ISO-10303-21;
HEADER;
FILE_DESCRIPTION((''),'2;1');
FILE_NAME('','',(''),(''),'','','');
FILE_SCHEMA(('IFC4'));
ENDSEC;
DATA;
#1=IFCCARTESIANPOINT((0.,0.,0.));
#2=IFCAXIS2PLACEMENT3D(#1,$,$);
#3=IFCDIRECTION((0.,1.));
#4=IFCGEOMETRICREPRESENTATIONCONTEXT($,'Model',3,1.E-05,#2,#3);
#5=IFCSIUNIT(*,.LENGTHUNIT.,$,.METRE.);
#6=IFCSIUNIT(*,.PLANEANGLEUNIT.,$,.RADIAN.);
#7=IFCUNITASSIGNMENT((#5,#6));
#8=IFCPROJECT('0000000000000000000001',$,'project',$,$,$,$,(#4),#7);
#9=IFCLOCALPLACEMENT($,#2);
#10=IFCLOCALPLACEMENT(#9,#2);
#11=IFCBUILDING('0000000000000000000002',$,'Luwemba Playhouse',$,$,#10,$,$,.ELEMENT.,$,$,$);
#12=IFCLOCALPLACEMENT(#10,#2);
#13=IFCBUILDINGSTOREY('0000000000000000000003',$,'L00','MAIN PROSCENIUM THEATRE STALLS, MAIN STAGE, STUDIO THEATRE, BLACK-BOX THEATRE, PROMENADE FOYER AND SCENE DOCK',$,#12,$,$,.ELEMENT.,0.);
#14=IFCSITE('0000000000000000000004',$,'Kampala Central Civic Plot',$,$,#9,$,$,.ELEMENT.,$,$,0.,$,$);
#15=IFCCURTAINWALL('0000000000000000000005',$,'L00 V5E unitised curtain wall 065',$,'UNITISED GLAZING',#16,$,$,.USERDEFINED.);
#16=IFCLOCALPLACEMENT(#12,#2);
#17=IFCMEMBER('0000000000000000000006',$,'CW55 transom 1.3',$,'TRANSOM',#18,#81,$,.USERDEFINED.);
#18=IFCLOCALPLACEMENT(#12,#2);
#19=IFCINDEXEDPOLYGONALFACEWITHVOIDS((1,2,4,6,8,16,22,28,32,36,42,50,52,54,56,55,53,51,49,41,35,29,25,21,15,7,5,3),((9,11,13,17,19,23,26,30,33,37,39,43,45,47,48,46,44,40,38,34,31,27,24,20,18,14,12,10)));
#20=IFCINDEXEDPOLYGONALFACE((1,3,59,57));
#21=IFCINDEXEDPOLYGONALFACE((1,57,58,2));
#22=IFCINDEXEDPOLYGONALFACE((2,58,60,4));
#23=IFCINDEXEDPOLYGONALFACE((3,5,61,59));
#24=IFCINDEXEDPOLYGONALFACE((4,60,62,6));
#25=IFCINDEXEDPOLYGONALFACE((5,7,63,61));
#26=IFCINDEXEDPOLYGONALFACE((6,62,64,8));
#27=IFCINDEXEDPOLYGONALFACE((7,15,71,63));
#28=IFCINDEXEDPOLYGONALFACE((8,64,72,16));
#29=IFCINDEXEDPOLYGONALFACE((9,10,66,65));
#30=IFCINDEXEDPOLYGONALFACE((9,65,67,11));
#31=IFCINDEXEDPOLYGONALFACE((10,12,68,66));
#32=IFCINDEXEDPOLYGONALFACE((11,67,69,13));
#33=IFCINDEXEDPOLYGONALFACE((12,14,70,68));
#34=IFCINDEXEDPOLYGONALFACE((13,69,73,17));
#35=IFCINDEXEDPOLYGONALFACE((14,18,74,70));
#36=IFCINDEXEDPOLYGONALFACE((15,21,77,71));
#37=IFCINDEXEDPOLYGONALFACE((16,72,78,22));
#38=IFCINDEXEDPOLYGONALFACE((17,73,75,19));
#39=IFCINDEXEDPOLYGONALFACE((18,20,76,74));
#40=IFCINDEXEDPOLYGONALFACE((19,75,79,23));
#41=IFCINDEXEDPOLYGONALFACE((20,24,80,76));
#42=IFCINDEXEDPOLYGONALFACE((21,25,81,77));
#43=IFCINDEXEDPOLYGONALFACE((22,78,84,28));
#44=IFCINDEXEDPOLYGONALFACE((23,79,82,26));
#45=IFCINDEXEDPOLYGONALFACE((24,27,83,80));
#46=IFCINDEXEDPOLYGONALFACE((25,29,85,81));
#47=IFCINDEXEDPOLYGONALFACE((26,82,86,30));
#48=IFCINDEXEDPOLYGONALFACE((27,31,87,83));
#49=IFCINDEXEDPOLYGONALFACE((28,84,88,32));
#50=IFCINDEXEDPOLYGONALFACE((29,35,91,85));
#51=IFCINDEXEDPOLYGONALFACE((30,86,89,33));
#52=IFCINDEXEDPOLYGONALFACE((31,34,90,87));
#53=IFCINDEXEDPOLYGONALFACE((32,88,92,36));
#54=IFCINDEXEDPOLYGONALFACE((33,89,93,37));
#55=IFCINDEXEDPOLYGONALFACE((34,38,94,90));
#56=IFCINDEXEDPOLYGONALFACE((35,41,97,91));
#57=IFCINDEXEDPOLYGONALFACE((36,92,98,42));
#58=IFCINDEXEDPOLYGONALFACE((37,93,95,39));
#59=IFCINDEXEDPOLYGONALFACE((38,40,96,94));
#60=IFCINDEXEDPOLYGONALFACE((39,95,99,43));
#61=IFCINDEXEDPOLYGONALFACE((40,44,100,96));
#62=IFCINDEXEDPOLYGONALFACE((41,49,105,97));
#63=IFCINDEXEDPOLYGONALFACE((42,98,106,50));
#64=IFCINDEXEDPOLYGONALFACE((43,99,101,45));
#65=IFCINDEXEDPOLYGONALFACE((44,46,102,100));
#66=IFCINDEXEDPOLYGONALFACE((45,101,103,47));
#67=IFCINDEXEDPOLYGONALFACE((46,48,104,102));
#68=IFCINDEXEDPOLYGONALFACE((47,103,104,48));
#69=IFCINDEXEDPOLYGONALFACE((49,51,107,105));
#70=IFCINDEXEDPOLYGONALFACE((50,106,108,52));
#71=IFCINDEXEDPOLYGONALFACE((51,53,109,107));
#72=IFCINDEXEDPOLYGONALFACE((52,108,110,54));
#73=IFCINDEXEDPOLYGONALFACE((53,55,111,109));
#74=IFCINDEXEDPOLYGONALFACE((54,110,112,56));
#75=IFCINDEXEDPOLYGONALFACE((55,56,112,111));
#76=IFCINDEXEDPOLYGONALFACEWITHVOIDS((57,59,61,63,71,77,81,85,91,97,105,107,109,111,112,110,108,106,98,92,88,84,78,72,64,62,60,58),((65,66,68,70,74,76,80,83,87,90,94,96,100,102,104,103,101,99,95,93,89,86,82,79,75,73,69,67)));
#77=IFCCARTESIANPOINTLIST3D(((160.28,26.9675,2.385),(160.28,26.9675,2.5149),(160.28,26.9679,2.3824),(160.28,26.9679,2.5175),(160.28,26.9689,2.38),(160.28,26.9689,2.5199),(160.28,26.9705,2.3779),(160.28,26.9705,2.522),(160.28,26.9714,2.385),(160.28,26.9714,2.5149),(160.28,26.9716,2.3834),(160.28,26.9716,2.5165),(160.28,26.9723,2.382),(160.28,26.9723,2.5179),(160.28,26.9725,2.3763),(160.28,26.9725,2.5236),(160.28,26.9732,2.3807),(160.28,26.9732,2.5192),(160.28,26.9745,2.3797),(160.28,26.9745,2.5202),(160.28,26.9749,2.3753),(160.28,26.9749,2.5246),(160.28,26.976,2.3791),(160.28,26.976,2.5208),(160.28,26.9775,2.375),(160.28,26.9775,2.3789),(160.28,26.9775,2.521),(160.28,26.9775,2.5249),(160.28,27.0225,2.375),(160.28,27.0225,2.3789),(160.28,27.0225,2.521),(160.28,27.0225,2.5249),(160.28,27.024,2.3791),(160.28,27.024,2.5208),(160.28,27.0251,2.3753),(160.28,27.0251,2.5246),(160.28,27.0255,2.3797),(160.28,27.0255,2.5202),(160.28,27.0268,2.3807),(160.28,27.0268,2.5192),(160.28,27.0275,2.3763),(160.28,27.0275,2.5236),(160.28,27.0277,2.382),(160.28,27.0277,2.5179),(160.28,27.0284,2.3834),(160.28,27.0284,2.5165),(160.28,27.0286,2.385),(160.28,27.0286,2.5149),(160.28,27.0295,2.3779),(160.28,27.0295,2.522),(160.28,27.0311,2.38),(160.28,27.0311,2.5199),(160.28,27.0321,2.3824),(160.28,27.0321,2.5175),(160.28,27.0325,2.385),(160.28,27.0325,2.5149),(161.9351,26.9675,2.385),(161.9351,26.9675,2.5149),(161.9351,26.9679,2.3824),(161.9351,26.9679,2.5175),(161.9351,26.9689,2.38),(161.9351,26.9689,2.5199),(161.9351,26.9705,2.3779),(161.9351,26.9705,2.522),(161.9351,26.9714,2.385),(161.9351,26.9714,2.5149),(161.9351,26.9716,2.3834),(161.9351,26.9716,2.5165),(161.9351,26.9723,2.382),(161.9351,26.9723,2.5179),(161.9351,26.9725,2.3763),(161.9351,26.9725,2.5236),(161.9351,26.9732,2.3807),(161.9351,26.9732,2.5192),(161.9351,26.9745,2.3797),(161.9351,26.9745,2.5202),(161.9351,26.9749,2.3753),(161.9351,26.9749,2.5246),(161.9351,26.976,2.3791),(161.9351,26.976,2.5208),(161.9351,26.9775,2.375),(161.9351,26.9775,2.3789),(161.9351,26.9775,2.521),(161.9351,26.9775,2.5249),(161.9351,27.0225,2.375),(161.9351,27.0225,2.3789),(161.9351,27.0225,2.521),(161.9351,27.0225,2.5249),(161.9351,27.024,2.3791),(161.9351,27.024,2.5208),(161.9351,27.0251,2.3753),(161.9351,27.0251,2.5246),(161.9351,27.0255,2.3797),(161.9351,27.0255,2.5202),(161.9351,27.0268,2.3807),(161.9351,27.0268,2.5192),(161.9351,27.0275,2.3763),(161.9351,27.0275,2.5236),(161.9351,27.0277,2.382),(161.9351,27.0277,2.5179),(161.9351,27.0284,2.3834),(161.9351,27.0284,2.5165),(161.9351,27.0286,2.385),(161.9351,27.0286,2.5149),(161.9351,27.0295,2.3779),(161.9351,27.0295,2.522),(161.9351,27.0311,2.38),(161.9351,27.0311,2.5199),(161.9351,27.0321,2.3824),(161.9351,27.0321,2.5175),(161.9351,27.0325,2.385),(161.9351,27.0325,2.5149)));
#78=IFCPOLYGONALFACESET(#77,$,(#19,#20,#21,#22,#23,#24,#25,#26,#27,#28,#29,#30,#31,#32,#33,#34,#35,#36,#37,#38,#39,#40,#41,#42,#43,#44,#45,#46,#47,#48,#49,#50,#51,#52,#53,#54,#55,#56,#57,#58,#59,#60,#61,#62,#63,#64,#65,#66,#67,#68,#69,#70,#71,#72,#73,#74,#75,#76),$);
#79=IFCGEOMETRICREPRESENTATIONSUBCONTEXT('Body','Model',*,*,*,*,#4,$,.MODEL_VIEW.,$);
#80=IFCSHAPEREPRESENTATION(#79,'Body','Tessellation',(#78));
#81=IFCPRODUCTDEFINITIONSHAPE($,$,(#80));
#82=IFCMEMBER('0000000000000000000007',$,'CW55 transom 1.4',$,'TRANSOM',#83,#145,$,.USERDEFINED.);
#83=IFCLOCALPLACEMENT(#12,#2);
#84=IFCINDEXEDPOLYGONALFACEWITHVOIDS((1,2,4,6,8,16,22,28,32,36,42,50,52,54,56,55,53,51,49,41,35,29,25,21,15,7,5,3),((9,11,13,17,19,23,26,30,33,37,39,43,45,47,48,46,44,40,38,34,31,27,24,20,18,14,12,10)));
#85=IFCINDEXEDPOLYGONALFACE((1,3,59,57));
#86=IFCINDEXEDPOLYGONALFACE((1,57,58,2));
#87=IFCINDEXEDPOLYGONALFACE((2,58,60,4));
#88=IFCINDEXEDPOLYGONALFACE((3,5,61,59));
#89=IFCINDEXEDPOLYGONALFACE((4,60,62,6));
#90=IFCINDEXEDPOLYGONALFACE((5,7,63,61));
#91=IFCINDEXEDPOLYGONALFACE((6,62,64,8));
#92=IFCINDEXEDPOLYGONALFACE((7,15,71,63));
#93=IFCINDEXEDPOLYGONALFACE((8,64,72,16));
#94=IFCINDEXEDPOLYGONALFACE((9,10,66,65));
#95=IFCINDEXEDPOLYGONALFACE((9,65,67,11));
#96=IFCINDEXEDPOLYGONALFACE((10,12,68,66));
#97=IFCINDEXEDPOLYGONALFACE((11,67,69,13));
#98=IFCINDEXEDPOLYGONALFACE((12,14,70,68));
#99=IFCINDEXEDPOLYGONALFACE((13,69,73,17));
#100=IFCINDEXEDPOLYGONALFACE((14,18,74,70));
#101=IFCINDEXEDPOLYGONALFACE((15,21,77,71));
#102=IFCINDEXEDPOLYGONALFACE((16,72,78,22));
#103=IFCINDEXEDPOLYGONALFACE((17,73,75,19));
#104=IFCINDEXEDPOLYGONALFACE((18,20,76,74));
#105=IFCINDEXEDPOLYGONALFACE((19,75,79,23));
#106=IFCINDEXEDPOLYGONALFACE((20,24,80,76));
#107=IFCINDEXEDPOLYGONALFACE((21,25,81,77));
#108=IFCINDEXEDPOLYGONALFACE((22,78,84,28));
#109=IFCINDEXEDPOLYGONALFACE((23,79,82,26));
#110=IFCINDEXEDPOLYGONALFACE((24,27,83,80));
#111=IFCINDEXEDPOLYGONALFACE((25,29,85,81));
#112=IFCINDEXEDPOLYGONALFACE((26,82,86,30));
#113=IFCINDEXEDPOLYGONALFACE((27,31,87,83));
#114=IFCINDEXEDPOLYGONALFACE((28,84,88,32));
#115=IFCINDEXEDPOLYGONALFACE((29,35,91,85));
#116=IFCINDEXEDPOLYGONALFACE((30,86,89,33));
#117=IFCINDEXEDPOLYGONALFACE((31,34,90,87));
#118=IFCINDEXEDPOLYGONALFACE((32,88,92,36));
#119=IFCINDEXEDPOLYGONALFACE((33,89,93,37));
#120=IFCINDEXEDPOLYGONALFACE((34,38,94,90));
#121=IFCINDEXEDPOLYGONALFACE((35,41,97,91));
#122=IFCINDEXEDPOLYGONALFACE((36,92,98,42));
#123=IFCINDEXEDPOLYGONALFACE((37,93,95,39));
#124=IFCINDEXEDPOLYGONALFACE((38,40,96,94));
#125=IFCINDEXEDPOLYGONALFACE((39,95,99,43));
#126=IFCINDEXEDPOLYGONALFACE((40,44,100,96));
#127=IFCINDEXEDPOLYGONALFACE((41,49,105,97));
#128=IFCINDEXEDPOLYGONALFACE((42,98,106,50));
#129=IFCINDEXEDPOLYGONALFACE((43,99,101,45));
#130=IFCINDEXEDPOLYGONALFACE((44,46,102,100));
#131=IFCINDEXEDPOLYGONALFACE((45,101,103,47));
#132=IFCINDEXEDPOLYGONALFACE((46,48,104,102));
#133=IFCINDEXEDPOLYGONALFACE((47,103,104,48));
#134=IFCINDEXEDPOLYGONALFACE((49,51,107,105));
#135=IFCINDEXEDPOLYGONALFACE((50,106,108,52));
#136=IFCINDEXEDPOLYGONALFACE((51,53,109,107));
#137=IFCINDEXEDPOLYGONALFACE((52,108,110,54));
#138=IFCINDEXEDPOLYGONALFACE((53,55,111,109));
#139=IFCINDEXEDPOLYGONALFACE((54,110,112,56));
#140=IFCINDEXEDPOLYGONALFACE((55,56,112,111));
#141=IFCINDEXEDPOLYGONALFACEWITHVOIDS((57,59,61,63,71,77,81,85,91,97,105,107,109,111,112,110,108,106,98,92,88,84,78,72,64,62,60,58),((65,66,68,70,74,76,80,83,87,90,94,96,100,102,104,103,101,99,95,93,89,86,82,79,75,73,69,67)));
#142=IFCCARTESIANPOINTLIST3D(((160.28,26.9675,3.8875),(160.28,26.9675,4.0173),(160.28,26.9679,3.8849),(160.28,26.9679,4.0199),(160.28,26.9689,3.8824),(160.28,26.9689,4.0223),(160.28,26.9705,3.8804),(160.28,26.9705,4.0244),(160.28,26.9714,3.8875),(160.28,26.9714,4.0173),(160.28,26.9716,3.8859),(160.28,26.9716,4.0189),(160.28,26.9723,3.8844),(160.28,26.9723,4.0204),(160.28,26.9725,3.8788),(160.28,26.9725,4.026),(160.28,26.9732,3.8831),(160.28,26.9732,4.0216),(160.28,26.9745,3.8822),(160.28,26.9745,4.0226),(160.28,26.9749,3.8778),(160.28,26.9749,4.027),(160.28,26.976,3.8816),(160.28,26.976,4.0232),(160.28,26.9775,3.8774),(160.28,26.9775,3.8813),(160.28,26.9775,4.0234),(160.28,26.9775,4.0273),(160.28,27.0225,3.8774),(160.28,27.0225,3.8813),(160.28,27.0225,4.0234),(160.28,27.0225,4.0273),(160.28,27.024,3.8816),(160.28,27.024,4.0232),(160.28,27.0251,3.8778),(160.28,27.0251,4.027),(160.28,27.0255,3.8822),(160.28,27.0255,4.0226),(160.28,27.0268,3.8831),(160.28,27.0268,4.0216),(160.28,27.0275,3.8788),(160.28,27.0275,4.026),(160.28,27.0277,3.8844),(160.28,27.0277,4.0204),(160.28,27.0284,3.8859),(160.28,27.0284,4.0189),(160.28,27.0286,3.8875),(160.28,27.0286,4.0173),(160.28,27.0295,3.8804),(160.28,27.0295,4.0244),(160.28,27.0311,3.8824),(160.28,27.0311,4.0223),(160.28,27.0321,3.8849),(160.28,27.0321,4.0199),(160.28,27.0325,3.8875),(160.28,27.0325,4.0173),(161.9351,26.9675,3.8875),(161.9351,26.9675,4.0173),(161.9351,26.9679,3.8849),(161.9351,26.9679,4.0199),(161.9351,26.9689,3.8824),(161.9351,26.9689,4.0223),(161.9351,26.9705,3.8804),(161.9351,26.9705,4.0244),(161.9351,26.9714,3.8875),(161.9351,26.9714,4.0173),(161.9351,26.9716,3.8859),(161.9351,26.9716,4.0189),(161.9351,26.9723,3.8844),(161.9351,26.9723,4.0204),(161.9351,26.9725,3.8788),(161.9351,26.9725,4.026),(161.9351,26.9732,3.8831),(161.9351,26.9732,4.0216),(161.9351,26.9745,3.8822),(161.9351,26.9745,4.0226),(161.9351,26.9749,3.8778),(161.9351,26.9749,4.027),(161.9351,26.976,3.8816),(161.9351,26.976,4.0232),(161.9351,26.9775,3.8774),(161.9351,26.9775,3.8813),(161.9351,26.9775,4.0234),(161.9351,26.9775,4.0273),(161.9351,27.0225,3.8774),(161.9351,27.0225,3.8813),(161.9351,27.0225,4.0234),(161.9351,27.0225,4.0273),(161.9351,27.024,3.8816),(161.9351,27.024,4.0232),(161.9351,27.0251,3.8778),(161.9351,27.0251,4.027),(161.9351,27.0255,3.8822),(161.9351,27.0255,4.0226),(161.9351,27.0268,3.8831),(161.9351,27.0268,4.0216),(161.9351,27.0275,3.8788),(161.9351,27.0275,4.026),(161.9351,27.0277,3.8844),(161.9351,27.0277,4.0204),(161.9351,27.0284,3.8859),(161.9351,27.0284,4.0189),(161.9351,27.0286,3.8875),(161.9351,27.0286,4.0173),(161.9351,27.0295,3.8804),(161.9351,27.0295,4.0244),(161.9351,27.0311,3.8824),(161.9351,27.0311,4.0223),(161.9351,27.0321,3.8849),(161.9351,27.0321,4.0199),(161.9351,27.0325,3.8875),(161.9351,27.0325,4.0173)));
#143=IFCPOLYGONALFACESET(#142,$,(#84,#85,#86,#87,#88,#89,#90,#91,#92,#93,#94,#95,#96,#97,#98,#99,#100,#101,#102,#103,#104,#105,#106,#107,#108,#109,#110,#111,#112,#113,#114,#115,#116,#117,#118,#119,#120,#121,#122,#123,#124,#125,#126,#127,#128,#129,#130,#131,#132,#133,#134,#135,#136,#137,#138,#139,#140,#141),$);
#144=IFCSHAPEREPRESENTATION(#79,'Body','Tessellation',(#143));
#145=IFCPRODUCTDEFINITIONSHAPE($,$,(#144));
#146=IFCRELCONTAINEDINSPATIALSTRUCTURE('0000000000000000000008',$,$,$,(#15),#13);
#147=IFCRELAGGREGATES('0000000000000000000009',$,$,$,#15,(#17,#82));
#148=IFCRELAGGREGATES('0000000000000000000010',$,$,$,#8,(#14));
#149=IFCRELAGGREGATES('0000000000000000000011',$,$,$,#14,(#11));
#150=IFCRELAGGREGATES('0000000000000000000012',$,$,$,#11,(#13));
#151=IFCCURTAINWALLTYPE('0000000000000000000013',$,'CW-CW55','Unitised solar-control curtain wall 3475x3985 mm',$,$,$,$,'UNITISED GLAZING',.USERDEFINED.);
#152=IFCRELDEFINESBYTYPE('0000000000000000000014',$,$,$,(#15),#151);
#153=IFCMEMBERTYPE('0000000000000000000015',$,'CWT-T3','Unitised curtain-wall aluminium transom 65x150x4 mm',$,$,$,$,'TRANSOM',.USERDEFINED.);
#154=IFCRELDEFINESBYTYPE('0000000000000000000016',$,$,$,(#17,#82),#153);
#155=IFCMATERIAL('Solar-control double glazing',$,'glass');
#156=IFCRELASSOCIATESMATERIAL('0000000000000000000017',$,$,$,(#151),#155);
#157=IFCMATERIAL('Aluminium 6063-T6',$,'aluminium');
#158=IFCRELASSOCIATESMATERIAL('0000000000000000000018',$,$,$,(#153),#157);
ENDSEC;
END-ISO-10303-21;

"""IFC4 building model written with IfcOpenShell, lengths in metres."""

from ifc_helpers import new_model, si_unit, direction, frame, origin, origin_2d, place, context, subcontext, project, spatial, hollow_rectangle, extrude, material, material_profile, profile_set, type_object, element, aggregate, save


model = new_model("IFC4")

# Units and contexts
model_context = context("Model", 3, precision=1e-05, world=origin(), true_north=direction((0.0, 1.0)))
body_context = subcontext(model_context, "Body", "Model", "MODEL_VIEW")
ifc_project = project(units=[si_unit("LENGTHUNIT", "METRE"), si_unit("PLANEANGLEUNIT", "RADIAN")], contexts=[model_context])

# Site, building, storey
site_placement = place(None, origin())
site = spatial("IfcSite", under=ifc_project, at=site_placement, Name="Kampala Central Civic Plot", CompositionType="ELEMENT", RefElevation=0.0)
building_placement = place(site_placement, origin())
building = spatial("IfcBuilding", under=site, at=building_placement, Name="Luwemba Playhouse", CompositionType="ELEMENT")
storey_placement = place(building_placement, origin())
storey = spatial("IfcBuildingStorey", under=building, at=storey_placement, Name="L00", Description="MAIN PROSCENIUM THEATRE STALLS, MAIN STAGE, STUDIO THEATRE, BLACK-BOX THEATRE, PROMENADE FOYER AND SCENE DOCK", CompositionType="ELEMENT", Elevation=0.0)

# Shared definitions
ifc_material_1 = material(Name="Solar-control double glazing", Category="glass")
ifc_material_2 = material(Name="Aluminium 6063-T6", Category="aluminium")

# Curtain wall
curtain_wall_type_1 = type_object("IfcCurtainWallType", Name="CW-CW55", Description="Unitised solar-control curtain wall 3475x3985 mm", ElementType="UNITISED GLAZING", PredefinedType="USERDEFINED", material=ifc_material_1)
curtain_wall_1_placement = place(storey_placement, origin())
curtain_wall_1 = element("IfcCurtainWall", 1, at=curtain_wall_1_placement, inside=storey, type_object=curtain_wall_type_1, Name="L00 V5E unitised curtain wall 065", ObjectType="UNITISED GLAZING", PredefinedType="USERDEFINED")

# Members
ifc_material_profile_1 = material_profile(ifc_material_2, hollow_rectangle(XDim=0.0649, YDim=0.1499, WallThickness=0.0039, InnerFilletRadius=0.0061, OuterFilletRadius=0.01, at=origin_2d()))
ifc_profile_set_1 = profile_set([ifc_material_profile_1], Name="Aluminium 6063-T6")
member_type_1 = type_object("IfcMemberType", Name="CWT-T3", Description="Unitised curtain-wall aluminium transom 65x150x4 mm", ElementType="TRANSOM", PredefinedType="USERDEFINED", material=ifc_profile_set_1)
member_1_placement = place(storey_placement, frame((160.28, 27.0, 2.45), z_axis=(1.0, 0.0, 0.0), x_axis=(0.0, 1.0, 0.0)))
member_1 = element("IfcMember", 2, at=member_1_placement, type_object=member_type_1, Name="CW55 transom 1.3", ObjectType="TRANSOM", PredefinedType="USERDEFINED", context=body_context, shape_type="SweptSolid", body=[
    extrude(hollow_rectangle(XDim=0.0649, YDim=0.1499, WallThickness=0.0039, InnerFilletRadius=0.0061, OuterFilletRadius=0.01, at=origin_2d()), origin(), (0.0, 0.0, 1.0), 1.655),
])
member_2_placement = place(storey_placement, frame((160.28, 27.0, 3.9524), z_axis=(1.0, 0.0, 0.0), x_axis=(0.0, 1.0, 0.0)))
member_2 = element("IfcMember", 3, at=member_2_placement, type_object=member_type_1, Name="CW55 transom 1.4", ObjectType="TRANSOM", PredefinedType="USERDEFINED", context=body_context, shape_type="SweptSolid", body=[
    extrude(hollow_rectangle(XDim=0.0649, YDim=0.1499, WallThickness=0.0039, InnerFilletRadius=0.0061, OuterFilletRadius=0.01, at=origin_2d()), origin(), (0.0, 0.0, 1.0), 1.655),
])

aggregate(curtain_wall_1, [member_1, member_2])

save(model, "model.ifc")
